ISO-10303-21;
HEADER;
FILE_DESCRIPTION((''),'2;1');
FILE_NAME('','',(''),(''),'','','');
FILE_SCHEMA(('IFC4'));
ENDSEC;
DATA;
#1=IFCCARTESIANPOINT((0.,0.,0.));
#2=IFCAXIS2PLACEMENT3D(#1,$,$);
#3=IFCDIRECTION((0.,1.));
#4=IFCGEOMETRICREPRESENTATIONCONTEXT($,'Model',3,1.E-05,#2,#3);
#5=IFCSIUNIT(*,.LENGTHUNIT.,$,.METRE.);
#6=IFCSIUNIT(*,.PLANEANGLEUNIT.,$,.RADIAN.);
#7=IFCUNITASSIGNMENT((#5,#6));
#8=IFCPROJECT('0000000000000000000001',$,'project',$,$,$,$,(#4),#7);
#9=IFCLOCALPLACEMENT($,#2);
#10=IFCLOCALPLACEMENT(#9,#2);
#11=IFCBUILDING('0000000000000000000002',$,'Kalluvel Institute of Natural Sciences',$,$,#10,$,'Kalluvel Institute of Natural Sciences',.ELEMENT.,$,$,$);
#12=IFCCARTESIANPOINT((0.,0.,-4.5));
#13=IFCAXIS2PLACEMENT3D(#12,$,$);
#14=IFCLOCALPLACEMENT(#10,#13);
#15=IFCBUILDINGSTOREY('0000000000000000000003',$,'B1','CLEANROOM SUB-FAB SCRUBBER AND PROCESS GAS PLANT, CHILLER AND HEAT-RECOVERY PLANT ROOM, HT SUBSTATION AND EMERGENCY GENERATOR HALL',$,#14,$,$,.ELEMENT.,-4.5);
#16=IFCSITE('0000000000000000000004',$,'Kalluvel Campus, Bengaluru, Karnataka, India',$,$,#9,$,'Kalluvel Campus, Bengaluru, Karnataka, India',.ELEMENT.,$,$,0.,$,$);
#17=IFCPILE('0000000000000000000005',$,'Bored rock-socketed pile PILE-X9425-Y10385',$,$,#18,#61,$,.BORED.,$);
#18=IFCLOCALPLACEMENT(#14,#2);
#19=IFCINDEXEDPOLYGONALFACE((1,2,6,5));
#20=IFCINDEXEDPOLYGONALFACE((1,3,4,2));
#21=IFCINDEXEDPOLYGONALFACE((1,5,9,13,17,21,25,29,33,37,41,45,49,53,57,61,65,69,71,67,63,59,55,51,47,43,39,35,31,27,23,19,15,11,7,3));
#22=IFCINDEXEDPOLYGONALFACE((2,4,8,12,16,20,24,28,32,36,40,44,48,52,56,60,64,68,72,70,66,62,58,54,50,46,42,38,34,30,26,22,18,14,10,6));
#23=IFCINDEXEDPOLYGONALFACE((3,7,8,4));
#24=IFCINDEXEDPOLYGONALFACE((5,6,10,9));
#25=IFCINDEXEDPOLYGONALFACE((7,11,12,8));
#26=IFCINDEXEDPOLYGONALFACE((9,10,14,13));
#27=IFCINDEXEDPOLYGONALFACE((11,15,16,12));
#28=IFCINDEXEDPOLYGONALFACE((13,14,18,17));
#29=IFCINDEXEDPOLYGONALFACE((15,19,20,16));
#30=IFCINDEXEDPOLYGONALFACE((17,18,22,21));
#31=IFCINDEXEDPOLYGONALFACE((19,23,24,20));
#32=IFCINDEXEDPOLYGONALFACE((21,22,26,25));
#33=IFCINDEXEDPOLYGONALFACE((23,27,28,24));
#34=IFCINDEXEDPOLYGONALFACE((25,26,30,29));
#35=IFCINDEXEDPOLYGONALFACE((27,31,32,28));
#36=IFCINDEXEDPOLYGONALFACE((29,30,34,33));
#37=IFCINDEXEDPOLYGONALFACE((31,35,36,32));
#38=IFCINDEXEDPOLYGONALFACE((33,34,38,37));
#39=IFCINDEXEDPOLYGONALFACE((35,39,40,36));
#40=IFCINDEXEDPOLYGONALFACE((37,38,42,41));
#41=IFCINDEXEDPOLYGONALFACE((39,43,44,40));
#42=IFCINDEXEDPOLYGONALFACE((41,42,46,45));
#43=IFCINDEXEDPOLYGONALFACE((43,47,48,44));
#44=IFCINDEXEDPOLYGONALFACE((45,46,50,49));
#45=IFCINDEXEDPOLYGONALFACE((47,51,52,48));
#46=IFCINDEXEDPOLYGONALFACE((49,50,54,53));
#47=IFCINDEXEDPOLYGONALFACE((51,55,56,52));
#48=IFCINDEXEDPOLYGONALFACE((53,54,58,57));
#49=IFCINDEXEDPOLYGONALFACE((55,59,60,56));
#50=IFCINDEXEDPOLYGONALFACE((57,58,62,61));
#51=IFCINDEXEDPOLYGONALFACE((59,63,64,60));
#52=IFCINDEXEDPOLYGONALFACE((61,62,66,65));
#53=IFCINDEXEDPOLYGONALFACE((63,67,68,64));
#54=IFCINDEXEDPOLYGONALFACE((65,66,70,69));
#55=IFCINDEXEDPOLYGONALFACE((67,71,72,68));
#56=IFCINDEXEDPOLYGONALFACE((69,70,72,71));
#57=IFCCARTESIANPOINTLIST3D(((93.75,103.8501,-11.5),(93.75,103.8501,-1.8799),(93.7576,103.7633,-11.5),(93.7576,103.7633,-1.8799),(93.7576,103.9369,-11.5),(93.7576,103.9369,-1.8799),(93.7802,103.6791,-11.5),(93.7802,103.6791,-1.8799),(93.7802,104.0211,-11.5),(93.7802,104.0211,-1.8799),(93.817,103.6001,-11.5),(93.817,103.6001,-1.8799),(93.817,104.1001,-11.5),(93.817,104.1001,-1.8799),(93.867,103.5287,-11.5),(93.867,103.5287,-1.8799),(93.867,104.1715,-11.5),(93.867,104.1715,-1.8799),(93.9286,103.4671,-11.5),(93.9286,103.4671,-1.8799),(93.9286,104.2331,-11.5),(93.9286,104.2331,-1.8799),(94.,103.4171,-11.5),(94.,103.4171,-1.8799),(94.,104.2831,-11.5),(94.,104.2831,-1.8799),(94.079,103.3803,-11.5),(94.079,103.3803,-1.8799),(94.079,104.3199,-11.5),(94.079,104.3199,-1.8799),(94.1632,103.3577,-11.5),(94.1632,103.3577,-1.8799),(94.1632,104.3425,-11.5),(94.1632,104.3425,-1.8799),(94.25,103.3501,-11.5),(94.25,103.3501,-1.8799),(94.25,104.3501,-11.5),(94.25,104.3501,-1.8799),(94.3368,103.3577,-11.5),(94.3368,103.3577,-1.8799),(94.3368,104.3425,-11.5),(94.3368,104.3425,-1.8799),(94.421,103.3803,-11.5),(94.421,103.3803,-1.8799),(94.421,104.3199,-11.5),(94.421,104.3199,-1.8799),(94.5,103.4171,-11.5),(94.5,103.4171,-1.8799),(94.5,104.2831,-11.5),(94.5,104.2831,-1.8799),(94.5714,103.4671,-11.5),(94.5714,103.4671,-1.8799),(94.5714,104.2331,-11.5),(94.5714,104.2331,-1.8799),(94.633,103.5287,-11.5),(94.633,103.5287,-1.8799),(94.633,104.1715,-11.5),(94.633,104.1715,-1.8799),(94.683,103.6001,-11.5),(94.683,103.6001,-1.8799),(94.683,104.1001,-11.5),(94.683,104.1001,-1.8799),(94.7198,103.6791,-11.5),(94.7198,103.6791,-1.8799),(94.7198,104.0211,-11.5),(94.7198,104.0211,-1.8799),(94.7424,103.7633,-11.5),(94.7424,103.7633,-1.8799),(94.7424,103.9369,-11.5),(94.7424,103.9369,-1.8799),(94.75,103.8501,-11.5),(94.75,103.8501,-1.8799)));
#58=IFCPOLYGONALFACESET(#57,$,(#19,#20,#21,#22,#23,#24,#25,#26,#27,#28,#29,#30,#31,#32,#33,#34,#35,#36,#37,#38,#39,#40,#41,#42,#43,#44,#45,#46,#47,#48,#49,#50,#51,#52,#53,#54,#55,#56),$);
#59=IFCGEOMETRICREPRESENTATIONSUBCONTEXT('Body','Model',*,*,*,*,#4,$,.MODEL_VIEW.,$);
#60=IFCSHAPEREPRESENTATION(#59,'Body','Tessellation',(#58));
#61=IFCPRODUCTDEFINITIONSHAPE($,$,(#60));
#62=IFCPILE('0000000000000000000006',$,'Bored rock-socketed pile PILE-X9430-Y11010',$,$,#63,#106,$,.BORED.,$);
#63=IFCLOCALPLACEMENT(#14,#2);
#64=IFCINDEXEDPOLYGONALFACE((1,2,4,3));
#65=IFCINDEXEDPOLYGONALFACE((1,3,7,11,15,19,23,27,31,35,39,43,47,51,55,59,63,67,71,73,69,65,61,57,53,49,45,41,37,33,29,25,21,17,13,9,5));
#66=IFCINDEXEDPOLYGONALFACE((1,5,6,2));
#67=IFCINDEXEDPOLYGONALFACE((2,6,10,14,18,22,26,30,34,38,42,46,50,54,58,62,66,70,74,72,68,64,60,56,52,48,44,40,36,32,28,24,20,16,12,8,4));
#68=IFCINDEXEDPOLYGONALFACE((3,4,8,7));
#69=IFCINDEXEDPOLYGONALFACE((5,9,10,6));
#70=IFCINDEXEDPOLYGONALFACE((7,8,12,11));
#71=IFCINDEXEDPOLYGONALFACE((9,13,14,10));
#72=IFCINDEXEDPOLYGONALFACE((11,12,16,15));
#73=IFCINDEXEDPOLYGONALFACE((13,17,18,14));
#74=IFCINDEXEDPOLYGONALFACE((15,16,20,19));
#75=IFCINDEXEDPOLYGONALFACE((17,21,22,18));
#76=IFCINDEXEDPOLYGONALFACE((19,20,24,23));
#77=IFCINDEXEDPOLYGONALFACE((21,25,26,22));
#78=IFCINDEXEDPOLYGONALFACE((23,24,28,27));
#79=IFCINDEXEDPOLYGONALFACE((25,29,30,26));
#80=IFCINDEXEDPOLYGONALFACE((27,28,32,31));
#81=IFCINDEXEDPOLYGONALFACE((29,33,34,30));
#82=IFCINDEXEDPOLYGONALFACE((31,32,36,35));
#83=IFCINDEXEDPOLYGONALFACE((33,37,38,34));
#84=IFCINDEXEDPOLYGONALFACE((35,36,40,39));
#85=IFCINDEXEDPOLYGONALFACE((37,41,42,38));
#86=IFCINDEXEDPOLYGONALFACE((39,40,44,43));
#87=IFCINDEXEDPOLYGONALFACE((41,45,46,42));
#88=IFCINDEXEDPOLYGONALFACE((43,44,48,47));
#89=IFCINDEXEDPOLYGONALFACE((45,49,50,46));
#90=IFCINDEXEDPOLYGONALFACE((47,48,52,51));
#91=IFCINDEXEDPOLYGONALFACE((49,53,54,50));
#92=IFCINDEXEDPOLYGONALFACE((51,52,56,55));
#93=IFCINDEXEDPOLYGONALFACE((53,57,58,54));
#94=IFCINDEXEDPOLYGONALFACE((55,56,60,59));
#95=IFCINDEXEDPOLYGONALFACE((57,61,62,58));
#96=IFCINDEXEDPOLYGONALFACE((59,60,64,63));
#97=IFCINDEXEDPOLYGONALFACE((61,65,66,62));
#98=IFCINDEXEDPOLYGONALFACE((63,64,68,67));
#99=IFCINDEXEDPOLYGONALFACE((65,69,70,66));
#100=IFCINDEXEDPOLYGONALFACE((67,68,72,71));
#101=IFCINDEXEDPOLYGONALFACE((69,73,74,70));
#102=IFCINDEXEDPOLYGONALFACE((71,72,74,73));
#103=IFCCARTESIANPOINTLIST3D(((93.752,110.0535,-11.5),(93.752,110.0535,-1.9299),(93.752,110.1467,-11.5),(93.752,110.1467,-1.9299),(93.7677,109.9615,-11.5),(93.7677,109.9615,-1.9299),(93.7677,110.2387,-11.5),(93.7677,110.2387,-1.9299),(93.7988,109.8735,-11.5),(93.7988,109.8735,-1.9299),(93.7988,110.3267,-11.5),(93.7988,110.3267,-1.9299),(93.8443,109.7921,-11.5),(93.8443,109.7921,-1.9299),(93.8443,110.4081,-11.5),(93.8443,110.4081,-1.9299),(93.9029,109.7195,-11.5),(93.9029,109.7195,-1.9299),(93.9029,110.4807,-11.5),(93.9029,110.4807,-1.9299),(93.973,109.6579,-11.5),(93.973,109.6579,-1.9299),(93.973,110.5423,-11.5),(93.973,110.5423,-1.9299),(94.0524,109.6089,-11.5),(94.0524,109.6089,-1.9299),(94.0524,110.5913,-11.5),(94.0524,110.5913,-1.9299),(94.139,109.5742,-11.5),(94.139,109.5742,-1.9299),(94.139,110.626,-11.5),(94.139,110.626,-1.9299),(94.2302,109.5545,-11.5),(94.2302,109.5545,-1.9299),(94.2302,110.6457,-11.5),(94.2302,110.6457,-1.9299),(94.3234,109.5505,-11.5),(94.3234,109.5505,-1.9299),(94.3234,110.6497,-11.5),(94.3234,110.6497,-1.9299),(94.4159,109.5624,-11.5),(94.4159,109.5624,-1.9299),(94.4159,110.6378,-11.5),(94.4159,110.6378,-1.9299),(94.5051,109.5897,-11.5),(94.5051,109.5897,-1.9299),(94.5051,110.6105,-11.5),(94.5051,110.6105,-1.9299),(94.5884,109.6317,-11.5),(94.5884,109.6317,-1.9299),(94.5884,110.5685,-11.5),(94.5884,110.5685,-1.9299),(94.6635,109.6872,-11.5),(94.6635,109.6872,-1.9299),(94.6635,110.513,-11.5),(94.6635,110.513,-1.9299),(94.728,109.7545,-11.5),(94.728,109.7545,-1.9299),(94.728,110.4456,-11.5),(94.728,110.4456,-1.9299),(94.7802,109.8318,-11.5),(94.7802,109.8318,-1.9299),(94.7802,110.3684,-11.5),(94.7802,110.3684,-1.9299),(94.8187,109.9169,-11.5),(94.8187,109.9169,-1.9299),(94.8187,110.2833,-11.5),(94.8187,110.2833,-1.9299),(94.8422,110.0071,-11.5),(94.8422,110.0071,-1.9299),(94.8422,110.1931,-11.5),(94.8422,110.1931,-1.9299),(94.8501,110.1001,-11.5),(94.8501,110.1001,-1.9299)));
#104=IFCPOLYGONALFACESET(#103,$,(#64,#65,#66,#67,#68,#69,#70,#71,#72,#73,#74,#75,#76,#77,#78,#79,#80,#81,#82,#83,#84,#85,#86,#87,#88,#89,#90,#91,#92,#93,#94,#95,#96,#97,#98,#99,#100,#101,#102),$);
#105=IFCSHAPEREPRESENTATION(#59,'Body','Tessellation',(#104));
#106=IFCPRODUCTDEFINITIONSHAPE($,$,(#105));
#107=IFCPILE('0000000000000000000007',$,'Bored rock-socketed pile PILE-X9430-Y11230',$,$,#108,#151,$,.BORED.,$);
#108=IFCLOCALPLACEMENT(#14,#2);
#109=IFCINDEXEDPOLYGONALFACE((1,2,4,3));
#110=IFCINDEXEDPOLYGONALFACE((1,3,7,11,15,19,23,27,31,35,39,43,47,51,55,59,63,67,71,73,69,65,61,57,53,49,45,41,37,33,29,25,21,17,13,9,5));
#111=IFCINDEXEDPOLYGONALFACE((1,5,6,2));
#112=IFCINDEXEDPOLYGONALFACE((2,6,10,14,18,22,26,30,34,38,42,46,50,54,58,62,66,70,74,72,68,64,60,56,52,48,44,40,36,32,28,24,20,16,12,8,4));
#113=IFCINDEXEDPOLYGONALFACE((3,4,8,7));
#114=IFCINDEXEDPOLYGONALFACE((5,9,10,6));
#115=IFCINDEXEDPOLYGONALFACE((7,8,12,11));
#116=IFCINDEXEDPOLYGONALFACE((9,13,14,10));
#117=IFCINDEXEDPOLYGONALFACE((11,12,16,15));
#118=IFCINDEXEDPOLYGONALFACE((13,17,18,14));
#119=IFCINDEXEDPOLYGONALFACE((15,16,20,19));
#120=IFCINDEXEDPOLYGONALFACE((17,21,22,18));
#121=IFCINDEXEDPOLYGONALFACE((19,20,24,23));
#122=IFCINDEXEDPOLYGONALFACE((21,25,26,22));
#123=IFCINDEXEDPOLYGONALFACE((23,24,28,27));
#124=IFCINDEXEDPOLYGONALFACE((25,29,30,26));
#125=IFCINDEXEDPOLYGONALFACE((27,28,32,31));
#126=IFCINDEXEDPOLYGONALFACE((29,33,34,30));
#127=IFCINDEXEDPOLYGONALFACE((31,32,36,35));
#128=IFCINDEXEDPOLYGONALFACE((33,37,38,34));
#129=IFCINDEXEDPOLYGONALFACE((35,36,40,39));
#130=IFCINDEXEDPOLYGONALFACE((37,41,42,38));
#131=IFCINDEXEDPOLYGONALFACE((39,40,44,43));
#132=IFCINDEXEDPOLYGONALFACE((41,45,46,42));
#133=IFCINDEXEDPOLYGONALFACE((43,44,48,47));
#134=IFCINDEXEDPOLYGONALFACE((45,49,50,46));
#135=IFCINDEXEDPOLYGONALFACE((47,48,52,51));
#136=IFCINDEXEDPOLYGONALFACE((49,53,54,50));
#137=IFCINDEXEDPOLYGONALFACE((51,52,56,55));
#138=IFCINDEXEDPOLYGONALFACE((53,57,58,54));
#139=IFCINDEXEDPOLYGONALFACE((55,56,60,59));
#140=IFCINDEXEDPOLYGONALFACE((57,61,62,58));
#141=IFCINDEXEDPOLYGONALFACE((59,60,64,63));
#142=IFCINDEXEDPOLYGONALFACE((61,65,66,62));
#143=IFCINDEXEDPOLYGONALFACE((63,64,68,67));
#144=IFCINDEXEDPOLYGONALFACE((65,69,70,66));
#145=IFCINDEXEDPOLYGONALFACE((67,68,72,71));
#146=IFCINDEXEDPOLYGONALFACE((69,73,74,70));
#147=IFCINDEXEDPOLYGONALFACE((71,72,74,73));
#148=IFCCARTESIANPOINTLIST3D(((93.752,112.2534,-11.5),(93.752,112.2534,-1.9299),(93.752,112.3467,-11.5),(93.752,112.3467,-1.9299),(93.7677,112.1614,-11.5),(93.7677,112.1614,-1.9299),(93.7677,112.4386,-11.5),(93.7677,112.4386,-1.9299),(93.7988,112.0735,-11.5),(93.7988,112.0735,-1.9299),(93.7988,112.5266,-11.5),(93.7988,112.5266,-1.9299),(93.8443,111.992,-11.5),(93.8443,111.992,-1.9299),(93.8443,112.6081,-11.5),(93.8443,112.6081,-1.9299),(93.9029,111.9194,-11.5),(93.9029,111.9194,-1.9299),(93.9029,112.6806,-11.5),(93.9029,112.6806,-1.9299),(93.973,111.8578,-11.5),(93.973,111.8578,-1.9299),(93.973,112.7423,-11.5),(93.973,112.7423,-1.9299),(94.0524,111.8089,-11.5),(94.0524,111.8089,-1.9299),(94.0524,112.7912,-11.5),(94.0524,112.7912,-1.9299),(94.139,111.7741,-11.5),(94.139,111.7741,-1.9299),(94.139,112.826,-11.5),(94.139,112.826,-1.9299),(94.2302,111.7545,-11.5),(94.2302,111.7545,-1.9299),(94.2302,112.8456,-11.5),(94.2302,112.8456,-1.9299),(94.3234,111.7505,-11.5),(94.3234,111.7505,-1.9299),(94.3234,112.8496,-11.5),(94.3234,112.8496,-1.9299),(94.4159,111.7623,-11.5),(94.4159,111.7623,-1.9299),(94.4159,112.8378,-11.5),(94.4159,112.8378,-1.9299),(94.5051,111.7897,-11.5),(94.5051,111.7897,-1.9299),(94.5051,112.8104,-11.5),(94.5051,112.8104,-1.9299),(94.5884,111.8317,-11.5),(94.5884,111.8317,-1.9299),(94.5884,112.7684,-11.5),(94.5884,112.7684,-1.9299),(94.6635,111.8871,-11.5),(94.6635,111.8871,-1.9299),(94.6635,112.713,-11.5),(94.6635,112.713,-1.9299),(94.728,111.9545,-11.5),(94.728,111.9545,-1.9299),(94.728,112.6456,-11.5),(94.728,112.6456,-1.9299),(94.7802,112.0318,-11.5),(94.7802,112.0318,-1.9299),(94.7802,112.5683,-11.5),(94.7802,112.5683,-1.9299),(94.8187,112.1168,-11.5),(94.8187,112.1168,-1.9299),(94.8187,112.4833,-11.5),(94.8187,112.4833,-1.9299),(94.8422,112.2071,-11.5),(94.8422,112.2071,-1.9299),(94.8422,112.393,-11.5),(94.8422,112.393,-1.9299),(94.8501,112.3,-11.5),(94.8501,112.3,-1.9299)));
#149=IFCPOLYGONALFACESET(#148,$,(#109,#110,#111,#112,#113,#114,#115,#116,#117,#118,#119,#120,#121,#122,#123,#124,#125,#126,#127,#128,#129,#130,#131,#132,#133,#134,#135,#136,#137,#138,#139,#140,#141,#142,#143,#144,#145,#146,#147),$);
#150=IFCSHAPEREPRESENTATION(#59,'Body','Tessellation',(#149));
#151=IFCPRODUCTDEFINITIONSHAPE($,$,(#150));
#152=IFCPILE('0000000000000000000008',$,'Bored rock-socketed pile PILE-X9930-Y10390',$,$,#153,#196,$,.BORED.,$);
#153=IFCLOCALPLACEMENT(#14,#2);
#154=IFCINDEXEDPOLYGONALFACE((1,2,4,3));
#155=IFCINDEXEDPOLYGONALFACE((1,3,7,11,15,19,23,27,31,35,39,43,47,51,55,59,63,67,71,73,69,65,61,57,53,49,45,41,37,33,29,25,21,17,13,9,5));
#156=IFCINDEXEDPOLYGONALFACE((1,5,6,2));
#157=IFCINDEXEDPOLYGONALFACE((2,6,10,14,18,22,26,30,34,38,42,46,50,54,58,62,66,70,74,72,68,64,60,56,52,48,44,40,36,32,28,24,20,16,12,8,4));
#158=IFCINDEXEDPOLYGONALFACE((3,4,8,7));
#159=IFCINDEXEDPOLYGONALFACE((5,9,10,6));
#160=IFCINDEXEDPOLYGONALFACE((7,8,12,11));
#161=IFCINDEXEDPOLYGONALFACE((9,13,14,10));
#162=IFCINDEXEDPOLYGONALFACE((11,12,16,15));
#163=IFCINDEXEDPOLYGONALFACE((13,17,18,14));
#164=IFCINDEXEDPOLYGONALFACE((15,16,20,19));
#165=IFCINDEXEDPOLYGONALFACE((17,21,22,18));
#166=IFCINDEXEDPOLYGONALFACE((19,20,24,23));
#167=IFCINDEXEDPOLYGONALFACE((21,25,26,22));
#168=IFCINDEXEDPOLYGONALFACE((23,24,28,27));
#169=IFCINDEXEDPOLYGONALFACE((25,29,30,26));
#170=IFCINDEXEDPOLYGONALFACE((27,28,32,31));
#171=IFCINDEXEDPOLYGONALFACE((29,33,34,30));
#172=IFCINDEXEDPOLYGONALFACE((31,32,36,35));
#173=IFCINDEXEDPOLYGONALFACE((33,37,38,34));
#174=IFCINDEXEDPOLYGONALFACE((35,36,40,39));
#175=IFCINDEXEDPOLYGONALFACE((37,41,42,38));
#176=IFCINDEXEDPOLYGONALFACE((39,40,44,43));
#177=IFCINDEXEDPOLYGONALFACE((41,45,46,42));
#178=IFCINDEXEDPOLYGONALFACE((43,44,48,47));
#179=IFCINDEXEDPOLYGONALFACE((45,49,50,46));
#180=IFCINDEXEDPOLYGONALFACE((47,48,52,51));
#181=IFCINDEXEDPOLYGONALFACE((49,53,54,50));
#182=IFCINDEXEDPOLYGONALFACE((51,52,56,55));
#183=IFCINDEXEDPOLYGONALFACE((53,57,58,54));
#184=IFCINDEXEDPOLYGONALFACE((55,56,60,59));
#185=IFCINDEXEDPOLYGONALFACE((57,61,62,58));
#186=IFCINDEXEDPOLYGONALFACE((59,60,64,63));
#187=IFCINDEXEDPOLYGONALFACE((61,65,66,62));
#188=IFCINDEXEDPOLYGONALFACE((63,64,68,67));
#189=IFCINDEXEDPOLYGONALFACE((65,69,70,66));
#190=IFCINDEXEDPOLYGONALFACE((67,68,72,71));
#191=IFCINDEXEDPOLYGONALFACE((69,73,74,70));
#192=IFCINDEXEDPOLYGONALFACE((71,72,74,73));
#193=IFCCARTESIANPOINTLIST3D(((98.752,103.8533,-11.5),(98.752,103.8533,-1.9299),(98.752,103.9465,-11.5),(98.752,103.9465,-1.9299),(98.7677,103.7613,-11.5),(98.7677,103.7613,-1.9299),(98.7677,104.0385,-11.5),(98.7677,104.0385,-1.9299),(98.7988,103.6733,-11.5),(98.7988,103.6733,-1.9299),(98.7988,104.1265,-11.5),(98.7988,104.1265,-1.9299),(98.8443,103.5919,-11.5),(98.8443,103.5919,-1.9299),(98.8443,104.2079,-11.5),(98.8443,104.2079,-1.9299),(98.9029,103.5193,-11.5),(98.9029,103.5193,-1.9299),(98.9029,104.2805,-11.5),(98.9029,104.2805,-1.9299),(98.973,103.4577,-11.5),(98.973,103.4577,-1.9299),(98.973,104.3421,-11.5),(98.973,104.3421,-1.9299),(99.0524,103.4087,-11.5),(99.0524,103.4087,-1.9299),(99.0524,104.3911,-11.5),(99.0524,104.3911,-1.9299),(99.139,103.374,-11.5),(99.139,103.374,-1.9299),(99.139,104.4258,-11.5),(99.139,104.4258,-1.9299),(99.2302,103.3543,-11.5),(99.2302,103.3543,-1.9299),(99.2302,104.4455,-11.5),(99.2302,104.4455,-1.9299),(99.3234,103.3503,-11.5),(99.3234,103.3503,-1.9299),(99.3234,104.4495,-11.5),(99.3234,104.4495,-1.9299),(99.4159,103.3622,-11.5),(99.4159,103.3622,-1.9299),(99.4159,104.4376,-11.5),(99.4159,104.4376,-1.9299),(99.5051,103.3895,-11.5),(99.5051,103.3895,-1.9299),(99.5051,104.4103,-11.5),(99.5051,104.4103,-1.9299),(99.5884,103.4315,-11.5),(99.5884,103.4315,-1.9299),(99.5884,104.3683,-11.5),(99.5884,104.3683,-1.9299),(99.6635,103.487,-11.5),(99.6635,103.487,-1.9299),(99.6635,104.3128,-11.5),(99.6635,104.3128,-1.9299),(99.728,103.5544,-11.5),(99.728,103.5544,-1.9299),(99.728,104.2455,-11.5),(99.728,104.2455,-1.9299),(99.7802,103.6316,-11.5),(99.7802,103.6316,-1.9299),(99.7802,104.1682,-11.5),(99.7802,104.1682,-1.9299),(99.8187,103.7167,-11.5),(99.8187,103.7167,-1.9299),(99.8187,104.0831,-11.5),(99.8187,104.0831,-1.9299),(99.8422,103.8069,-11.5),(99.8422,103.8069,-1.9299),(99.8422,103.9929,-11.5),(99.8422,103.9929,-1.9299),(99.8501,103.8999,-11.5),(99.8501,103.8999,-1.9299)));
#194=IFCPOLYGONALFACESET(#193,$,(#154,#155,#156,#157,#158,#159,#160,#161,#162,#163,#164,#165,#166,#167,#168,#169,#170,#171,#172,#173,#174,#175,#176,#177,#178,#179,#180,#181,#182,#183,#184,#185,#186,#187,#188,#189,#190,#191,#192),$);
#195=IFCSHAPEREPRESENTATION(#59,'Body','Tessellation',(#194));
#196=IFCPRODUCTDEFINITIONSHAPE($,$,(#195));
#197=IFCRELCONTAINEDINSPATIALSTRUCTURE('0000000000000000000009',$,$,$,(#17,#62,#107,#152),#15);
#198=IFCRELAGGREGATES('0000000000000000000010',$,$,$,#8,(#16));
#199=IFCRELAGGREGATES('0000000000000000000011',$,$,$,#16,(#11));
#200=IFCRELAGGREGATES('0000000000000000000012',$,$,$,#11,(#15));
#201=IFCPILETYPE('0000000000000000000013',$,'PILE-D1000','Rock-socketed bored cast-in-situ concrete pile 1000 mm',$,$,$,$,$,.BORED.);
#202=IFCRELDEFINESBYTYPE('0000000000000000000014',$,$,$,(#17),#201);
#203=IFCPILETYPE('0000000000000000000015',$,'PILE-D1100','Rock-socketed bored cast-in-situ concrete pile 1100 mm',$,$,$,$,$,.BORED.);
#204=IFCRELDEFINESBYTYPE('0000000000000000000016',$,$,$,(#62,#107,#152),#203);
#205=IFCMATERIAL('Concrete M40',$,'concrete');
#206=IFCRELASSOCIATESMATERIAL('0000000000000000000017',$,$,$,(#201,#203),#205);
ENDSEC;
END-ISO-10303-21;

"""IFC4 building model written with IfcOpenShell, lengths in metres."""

from ifc_helpers import new_model, si_unit, direction, frame, origin, origin_2d, place, context, subcontext, project, spatial, circle, extrude, material, material_profile, profile_set, type_object, element, save


model = new_model("IFC4")

# Units and contexts
model_context = context("Model", 3, precision=1e-05, world=origin(), true_north=direction((0.0, 1.0)))
body_context = subcontext(model_context, "Body", "Model", "MODEL_VIEW")
ifc_project = project(units=[si_unit("LENGTHUNIT", "METRE"), si_unit("PLANEANGLEUNIT", "RADIAN")], contexts=[model_context])

# Site, building, storey
site_placement = place(None, origin())
site = spatial("IfcSite", under=ifc_project, at=site_placement, Name="Kalluvel Campus, Bengaluru, Karnataka, India", LongName="Kalluvel Campus, Bengaluru, Karnataka, India", CompositionType="ELEMENT", RefElevation=0.0)
building_placement = place(site_placement, origin())
building = spatial("IfcBuilding", under=site, at=building_placement, Name="Kalluvel Institute of Natural Sciences", LongName="Kalluvel Institute of Natural Sciences", CompositionType="ELEMENT")
storey_placement = place(building_placement, frame((0.0, 0.0, -4.5)))
storey = spatial("IfcBuildingStorey", under=building, at=storey_placement, Name="B1", Description="CLEANROOM SUB-FAB SCRUBBER AND PROCESS GAS PLANT, CHILLER AND HEAT-RECOVERY PLANT ROOM, HT SUBSTATION AND EMERGENCY GENERATOR HALL", CompositionType="ELEMENT", Elevation=-4.5)

# Shared definitions
ifc_material_1 = material(Name="Concrete M40", Category="concrete")

# Piles
ifc_material_profile_1 = material_profile(ifc_material_1, circle(Radius=0.5, at=origin_2d()), Name="PILE D1000")
ifc_profile_set_1 = profile_set([ifc_material_profile_1], Name="Concrete M40")
pile_type_1 = type_object("IfcPileType", Name="PILE-D1000", Description="Rock-socketed bored cast-in-situ concrete pile 1000 mm", PredefinedType="BORED", material=ifc_profile_set_1)
for number, where, z_axis, x_axis, name in (
    (1, (94.25, 103.8501, -1.8799), (0.0, 0.0, -1.0), (1.0, 0.0, 0.0), "Bored rock-socketed pile PILE-X9425-Y10385"),
):
    element("IfcPile", number, at=place(storey_placement, frame(where, z_axis=z_axis, x_axis=x_axis)), inside=storey, type_object=pile_type_1, Name=name, PredefinedType="BORED", context=body_context, shape_type="SweptSolid", body=[
        extrude(circle(Radius=0.5, at=origin_2d()), origin(), (0.0, 0.0, 1.0), 9.6201),
    ])
ifc_material_profile_2 = material_profile(ifc_material_1, circle(Radius=0.55, at=origin_2d()), Name="PILE D1100")
ifc_profile_set_2 = profile_set([ifc_material_profile_2], Name="Concrete M40")
pile_type_2 = type_object("IfcPileType", Name="PILE-D1100", Description="Rock-socketed bored cast-in-situ concrete pile 1100 mm", PredefinedType="BORED", material=ifc_profile_set_2)
for number, where, z_axis, x_axis, name in (
    (2, (94.3, 110.1001, -1.9299), (0.0, 0.0, -1.0), (1.0, 0.0, 0.0), "Bored rock-socketed pile PILE-X9430-Y11010"),
    (3, (94.3, 112.3, -1.9299), (0.0, 0.0, -1.0), (1.0, 0.0, 0.0), "Bored rock-socketed pile PILE-X9430-Y11230"),
    (4, (99.3, 103.8999, -1.9299), (0.0, 0.0, -1.0), (1.0, 0.0, 0.0), "Bored rock-socketed pile PILE-X9930-Y10390"),
):
    element("IfcPile", number, at=place(storey_placement, frame(where, z_axis=z_axis, x_axis=x_axis)), inside=storey, type_object=pile_type_2, Name=name, PredefinedType="BORED", context=body_context, shape_type="SweptSolid", body=[
        extrude(circle(Radius=0.55, at=origin_2d()), origin(), (0.0, 0.0, 1.0), 9.5701),
    ])

save(model, "model.ifc")
